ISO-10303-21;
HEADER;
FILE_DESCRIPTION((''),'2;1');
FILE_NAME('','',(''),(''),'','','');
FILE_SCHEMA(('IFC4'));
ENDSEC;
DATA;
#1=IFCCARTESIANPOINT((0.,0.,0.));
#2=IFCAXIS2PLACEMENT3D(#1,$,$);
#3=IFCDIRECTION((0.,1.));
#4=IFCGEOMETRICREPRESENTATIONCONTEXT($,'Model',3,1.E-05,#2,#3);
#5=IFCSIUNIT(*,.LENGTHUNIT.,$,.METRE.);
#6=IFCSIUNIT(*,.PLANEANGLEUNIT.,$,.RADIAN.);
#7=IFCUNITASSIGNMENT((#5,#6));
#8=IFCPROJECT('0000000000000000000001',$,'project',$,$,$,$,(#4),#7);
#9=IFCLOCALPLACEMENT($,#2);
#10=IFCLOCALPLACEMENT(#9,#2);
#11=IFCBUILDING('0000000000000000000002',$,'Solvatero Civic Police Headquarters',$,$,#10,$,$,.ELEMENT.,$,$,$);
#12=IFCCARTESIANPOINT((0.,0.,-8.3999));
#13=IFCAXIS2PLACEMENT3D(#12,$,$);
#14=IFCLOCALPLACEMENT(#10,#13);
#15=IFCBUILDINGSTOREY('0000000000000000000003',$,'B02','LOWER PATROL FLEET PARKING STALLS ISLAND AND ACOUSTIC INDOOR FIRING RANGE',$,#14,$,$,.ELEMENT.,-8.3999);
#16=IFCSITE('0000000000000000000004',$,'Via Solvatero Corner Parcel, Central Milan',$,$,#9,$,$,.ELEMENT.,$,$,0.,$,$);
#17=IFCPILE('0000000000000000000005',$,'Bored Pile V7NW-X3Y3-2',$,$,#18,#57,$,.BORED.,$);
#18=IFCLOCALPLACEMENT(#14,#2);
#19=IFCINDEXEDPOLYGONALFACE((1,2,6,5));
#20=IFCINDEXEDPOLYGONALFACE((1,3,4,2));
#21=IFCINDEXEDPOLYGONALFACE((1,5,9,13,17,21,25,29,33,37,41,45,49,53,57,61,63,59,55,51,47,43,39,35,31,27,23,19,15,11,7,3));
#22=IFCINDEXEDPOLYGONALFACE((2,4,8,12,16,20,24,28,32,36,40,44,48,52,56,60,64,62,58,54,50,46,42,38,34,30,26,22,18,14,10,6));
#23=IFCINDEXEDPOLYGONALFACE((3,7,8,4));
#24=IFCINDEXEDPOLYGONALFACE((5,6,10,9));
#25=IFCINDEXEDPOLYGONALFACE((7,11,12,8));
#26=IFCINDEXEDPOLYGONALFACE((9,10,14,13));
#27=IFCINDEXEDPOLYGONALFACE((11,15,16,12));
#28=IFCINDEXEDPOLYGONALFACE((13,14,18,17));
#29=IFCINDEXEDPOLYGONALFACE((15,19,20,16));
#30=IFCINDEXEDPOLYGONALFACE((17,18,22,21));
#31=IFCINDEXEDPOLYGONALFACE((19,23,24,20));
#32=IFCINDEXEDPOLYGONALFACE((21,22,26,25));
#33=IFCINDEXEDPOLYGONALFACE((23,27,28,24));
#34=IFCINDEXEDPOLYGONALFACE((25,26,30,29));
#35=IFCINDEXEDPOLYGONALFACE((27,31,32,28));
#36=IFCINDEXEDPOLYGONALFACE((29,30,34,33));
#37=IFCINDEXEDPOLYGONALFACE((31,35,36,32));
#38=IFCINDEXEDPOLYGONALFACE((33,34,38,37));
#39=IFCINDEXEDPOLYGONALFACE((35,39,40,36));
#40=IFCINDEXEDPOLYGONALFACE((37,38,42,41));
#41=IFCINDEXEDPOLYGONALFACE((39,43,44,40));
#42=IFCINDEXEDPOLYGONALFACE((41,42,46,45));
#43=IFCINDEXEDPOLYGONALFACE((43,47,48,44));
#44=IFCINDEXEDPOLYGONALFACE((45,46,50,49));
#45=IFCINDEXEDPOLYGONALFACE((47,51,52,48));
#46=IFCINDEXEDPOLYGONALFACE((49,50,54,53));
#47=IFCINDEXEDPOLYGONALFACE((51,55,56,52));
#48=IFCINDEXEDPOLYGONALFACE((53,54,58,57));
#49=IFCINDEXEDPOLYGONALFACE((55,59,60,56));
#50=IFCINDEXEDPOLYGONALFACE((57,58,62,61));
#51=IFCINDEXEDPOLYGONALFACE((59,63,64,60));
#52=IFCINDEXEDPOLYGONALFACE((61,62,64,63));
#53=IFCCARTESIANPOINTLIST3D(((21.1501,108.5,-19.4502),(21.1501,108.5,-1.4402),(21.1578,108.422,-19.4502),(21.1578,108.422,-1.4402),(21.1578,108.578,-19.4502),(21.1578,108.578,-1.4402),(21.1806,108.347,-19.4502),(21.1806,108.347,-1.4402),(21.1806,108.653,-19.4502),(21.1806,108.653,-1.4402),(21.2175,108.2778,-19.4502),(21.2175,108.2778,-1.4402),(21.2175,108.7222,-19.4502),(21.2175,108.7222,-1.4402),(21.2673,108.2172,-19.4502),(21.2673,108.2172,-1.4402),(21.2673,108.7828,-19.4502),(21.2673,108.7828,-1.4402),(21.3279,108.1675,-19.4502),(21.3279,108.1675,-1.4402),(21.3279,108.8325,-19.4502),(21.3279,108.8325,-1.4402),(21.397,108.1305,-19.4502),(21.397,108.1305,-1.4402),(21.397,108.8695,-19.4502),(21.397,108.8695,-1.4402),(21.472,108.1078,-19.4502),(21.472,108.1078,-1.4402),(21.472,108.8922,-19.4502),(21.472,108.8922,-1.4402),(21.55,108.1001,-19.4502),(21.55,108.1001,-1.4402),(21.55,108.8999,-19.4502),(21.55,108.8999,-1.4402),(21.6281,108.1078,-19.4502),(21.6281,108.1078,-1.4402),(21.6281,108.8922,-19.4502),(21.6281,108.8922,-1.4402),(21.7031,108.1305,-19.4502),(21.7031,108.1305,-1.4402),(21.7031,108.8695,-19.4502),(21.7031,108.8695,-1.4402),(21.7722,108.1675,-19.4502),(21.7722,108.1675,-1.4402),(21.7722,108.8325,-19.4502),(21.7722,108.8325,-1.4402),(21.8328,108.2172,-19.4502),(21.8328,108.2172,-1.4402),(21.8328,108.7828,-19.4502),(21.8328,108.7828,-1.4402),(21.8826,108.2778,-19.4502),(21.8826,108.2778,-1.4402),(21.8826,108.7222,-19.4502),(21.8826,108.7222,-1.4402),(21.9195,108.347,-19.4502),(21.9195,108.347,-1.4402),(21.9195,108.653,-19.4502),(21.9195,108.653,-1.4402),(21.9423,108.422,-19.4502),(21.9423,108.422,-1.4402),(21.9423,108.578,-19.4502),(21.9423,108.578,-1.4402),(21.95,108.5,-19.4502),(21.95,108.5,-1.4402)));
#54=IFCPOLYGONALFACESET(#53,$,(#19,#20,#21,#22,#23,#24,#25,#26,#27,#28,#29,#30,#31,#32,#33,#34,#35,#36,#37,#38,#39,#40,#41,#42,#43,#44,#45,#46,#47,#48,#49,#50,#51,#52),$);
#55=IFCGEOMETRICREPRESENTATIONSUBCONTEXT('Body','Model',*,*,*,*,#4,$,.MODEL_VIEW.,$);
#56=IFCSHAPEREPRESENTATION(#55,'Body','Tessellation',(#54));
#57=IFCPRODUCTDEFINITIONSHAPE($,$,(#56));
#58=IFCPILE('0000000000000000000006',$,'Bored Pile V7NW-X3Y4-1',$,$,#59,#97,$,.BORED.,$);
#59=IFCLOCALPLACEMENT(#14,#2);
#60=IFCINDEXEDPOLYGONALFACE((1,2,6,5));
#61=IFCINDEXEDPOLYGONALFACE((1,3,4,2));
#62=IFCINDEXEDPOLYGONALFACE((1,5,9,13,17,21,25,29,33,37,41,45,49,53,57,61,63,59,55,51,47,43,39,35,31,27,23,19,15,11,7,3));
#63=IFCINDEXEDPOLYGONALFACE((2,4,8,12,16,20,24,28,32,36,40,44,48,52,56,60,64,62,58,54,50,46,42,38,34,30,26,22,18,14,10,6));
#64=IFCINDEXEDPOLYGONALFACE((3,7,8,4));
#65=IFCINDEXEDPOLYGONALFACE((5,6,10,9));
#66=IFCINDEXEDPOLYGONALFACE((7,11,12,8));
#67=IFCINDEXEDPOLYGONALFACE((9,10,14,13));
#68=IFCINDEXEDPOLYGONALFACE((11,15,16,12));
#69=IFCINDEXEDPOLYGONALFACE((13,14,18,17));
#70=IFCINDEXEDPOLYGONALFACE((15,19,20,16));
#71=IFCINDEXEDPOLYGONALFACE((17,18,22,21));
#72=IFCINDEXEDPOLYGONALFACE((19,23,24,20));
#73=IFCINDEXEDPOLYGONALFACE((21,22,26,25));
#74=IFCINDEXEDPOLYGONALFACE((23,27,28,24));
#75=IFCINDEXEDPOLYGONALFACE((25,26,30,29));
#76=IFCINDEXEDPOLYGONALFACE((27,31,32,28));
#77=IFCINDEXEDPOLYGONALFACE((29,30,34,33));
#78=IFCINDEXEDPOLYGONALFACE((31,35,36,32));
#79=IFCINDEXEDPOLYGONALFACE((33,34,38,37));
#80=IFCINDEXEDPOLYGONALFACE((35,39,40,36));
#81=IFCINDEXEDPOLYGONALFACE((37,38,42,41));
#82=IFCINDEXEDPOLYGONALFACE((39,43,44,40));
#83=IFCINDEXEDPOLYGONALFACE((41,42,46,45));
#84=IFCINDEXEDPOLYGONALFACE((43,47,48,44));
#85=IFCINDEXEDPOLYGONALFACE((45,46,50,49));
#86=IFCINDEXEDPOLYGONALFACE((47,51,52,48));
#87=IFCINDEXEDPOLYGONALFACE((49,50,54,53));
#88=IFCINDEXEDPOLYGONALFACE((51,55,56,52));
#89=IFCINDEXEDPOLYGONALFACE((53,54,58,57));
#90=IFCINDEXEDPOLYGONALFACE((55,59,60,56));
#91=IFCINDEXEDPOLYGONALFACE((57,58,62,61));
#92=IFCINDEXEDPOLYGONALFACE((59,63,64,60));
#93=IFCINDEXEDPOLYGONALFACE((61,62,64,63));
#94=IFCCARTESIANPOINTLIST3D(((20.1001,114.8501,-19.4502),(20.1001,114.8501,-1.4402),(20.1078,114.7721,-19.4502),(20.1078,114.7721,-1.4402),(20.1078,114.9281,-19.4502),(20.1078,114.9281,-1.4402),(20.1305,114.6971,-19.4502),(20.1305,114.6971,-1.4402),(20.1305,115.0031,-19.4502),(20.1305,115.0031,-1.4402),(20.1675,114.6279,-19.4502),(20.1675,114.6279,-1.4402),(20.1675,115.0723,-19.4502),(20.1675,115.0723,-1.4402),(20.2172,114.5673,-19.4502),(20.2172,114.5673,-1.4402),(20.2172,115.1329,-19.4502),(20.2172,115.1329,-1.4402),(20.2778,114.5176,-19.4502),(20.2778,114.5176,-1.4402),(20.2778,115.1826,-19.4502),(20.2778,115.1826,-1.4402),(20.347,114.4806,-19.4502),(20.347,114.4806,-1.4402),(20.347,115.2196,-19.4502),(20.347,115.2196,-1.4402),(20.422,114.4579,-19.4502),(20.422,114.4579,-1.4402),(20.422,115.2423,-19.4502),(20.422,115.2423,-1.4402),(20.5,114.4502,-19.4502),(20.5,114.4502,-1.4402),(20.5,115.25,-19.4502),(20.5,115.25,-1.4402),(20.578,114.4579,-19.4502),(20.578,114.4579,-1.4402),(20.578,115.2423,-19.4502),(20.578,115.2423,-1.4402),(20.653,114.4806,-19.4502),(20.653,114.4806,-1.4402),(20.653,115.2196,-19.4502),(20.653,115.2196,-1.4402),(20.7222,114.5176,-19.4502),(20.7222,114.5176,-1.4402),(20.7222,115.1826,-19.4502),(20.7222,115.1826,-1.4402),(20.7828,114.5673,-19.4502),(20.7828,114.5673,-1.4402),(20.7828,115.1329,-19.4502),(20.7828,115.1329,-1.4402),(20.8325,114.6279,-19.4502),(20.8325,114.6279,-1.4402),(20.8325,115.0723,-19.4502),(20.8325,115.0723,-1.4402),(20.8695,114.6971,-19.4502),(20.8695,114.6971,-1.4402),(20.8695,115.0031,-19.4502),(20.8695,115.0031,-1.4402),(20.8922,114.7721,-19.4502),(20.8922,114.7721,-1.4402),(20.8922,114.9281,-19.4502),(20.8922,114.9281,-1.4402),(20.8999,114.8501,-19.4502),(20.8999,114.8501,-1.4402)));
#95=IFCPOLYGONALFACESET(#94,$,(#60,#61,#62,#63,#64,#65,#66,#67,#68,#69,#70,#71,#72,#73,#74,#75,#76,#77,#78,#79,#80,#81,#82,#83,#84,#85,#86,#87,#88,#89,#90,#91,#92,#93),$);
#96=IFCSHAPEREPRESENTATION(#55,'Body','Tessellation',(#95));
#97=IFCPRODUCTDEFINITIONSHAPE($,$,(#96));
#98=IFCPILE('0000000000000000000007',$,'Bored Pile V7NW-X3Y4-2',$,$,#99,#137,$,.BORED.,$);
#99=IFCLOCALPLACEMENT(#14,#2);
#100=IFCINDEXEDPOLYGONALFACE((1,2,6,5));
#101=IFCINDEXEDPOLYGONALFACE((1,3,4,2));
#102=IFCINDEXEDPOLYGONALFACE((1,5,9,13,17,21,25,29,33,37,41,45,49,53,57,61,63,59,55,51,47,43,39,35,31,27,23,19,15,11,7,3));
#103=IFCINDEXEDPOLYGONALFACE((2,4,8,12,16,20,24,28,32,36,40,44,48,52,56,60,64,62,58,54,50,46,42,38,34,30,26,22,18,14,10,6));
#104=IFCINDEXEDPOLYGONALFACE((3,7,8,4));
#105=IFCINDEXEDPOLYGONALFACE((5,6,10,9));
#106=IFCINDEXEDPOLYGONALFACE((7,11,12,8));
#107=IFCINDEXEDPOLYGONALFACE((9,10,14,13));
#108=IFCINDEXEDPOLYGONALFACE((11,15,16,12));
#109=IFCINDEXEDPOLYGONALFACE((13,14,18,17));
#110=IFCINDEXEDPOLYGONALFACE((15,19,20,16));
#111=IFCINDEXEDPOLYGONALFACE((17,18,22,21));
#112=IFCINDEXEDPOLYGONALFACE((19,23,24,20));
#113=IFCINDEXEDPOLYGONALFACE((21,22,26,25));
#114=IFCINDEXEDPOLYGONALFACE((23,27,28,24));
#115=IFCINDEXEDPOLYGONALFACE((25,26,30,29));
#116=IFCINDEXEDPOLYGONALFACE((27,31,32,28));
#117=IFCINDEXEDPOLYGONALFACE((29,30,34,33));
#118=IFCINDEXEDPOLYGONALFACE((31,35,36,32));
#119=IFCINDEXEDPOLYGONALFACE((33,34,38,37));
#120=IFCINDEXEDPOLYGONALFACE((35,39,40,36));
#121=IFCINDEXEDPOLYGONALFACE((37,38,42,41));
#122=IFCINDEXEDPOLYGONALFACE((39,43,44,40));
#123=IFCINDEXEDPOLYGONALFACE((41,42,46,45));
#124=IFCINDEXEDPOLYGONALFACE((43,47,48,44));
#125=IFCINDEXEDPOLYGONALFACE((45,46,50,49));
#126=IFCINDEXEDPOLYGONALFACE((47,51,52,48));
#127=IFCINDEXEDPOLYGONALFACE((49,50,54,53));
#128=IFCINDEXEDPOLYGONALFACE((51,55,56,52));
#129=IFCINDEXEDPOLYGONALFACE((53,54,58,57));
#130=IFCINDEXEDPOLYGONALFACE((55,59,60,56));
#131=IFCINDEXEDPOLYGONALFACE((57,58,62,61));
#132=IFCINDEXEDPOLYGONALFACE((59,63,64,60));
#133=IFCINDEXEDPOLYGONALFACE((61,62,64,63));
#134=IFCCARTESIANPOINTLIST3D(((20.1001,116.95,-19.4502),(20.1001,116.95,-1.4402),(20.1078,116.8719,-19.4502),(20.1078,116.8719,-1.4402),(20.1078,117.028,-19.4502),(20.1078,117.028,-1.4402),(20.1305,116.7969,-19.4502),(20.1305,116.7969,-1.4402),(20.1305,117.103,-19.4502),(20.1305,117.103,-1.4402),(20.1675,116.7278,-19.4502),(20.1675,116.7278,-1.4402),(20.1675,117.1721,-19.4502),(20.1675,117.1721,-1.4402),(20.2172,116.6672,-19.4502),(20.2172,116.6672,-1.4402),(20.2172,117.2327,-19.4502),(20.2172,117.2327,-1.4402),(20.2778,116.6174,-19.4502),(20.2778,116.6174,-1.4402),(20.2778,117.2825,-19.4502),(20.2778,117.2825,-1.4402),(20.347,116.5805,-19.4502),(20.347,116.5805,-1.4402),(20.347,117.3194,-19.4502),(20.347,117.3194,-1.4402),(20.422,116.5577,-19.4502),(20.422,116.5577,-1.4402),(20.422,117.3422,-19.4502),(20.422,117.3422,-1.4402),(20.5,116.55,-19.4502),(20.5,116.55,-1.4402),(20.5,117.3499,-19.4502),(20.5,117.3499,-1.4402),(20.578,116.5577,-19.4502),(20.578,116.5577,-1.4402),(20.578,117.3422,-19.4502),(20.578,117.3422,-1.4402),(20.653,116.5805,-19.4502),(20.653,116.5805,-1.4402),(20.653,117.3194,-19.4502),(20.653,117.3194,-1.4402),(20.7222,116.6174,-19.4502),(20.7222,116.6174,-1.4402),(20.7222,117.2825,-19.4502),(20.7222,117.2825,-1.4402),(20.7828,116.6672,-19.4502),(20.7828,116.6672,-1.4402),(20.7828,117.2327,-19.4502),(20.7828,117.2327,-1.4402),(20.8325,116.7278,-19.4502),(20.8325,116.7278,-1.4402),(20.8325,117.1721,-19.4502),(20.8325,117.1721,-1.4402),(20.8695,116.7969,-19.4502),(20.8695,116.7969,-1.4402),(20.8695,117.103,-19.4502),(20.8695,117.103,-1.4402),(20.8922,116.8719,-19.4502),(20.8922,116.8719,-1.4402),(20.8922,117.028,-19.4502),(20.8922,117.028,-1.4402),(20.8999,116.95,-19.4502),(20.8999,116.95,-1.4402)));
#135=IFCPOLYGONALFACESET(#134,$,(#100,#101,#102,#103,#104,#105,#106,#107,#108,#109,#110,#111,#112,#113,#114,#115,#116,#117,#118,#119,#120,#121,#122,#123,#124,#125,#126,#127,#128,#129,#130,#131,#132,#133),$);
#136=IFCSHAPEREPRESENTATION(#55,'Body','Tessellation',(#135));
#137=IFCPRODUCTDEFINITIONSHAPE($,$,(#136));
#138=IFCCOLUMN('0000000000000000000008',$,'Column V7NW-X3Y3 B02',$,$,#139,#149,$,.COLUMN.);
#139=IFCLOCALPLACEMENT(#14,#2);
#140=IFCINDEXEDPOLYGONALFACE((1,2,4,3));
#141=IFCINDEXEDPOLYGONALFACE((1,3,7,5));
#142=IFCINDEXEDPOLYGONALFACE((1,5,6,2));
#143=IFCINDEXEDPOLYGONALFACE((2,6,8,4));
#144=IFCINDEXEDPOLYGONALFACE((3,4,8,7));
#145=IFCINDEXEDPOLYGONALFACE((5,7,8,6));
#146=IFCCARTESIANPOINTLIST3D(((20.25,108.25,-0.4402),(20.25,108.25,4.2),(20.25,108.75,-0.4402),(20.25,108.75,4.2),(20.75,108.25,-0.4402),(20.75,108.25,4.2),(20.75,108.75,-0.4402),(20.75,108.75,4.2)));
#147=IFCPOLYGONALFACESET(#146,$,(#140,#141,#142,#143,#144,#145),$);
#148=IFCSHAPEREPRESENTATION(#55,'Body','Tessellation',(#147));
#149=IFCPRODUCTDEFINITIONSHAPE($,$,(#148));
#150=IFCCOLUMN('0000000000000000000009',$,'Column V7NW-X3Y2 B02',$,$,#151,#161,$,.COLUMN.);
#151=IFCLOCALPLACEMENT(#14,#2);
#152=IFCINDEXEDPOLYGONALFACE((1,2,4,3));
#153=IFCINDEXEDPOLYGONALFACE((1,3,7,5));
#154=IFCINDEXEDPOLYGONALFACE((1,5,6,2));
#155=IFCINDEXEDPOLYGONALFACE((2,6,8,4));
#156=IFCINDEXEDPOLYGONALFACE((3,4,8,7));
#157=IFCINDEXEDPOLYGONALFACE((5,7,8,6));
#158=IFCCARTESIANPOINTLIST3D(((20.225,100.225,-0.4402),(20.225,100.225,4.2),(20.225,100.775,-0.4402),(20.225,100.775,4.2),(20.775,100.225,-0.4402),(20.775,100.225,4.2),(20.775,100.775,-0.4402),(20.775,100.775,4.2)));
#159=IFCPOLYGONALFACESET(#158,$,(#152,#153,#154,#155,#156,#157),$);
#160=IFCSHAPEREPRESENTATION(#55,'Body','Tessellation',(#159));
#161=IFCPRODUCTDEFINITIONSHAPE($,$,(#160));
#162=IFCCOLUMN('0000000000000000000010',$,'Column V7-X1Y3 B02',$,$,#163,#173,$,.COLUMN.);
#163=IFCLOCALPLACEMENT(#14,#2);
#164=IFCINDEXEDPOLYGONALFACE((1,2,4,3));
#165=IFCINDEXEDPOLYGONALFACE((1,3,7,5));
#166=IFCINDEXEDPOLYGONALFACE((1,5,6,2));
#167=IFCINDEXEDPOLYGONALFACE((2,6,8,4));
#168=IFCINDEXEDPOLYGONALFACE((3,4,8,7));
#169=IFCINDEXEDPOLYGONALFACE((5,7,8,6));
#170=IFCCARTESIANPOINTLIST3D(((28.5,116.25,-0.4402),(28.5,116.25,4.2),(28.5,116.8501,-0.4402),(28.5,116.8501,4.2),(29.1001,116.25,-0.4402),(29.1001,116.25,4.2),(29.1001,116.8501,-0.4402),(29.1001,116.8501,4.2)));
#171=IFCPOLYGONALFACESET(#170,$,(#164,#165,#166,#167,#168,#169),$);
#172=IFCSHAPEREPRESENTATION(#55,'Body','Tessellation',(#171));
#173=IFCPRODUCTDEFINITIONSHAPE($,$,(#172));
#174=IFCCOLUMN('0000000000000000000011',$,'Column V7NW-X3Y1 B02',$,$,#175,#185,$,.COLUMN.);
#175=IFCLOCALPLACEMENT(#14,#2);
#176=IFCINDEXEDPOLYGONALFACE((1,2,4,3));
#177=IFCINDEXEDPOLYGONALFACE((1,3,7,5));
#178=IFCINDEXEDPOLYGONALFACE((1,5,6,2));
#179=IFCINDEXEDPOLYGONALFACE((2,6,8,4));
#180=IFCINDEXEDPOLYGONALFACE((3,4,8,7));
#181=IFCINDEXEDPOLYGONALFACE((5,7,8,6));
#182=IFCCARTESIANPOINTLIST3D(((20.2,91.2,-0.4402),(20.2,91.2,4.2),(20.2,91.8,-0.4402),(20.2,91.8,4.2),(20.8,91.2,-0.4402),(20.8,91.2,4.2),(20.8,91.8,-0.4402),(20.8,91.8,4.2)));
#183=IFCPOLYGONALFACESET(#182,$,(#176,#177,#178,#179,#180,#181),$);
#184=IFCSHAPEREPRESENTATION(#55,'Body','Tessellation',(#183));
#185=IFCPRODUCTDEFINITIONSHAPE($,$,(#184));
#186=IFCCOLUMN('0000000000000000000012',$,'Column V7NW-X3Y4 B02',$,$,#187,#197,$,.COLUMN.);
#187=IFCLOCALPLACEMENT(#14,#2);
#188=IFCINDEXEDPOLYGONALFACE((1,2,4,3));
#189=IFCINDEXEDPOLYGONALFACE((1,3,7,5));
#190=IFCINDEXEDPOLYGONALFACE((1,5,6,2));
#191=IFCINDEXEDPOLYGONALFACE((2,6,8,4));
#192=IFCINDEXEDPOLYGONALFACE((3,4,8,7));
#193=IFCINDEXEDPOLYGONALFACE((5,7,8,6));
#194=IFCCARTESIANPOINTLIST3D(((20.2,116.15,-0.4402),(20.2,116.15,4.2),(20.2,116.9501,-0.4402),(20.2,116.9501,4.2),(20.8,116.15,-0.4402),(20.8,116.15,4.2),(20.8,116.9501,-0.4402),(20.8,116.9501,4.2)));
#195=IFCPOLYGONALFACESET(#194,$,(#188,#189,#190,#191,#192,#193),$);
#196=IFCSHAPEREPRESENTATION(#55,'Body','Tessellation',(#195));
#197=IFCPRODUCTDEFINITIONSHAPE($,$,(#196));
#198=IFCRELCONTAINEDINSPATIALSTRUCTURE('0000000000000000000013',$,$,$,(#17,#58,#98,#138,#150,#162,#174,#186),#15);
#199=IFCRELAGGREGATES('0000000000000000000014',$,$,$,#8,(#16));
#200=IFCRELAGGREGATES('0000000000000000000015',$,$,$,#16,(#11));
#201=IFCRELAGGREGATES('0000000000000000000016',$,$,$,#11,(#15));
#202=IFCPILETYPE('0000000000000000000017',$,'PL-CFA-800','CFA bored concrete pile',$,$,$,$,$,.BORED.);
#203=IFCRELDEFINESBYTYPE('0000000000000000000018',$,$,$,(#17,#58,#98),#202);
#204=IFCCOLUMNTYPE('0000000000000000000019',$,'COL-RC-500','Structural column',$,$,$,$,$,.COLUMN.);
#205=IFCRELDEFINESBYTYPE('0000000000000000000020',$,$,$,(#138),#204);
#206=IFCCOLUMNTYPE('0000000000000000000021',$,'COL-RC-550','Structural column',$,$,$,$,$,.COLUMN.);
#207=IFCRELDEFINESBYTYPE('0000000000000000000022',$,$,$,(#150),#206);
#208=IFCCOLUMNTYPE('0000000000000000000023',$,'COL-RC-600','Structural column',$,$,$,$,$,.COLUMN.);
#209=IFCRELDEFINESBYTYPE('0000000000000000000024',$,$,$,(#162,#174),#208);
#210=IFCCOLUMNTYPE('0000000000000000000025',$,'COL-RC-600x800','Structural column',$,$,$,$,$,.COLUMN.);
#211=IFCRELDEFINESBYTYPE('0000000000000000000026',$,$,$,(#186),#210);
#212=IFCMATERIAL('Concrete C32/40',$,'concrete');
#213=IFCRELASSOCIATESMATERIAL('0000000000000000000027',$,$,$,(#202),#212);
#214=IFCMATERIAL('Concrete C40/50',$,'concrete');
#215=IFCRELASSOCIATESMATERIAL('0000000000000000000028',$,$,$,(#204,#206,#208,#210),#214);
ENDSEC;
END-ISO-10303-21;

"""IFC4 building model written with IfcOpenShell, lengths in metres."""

from ifc_helpers import new_model, si_unit, direction, frame, origin, origin_2d, place, context, subcontext, project, spatial, rectangle, circle, extrude, material, material_profile, profile_set, type_object, element, save


model = new_model("IFC4")

# Units and contexts
model_context = context("Model", 3, precision=1e-05, world=origin(), true_north=direction((0.0, 1.0)))
body_context = subcontext(model_context, "Body", "Model", "MODEL_VIEW")
ifc_project = project(units=[si_unit("LENGTHUNIT", "METRE"), si_unit("PLANEANGLEUNIT", "RADIAN")], contexts=[model_context])

# Site, building, storey
site_placement = place(None, origin())
site = spatial("IfcSite", under=ifc_project, at=site_placement, Name="Via Solvatero Corner Parcel, Central Milan", CompositionType="ELEMENT", RefElevation=0.0)
building_placement = place(site_placement, origin())
building = spatial("IfcBuilding", under=site, at=building_placement, Name="Solvatero Civic Police Headquarters", CompositionType="ELEMENT")
storey_placement = place(building_placement, frame((0.0, 0.0, -8.3999)))
storey = spatial("IfcBuildingStorey", under=building, at=storey_placement, Name="B02", Description="LOWER PATROL FLEET PARKING STALLS ISLAND AND ACOUSTIC INDOOR FIRING RANGE", CompositionType="ELEMENT", Elevation=-8.3999)

# Piles
ifc_material_1 = material(Name="Concrete C32/40", Category="concrete")
ifc_material_profile_1 = material_profile(ifc_material_1, circle(Radius=0.3999, at=origin_2d()), Name="CFA PILE D800")
ifc_profile_set_1 = profile_set([ifc_material_profile_1], Name="Concrete C32/40")
pile_type = type_object("IfcPileType", Name="PL-CFA-800", Description="CFA bored concrete pile", PredefinedType="BORED", material=ifc_profile_set_1)
for number, where, z_axis, x_axis, name in (
    (1, (21.55, 108.5, -1.4402), (0.0, 0.0, -1.0), (1.0, 0.0, 0.0), "Bored Pile V7NW-X3Y3-2"),
    (2, (20.5, 114.8501, -1.4402), (0.0, 0.0, -1.0), (1.0, 0.0, 0.0), "Bored Pile V7NW-X3Y4-1"),
    (3, (20.5, 116.95, -1.4402), (0.0, 0.0, -1.0), (1.0, 0.0, 0.0), "Bored Pile V7NW-X3Y4-2"),
):
    element("IfcPile", number, at=place(storey_placement, frame(where, z_axis=z_axis, x_axis=x_axis)), inside=storey, type_object=pile_type, Name=name, PredefinedType="BORED", context=body_context, shape_type="SweptSolid", body=[
        extrude(circle(Radius=0.3999, at=origin_2d()), origin(), (0.0, 0.0, 1.0), 18.01),
    ])

# Columns
ifc_material_2 = material(Name="Concrete C40/50", Category="concrete")
ifc_material_profile_2 = material_profile(ifc_material_2, rectangle(XDim=0.5, YDim=0.5, at=origin_2d()), Name="RC 500x500")
ifc_profile_set_2 = profile_set([ifc_material_profile_2], Name="Concrete C40/50")
column_type_1 = type_object("IfcColumnType", Name="COL-RC-500", Description="Structural column", PredefinedType="COLUMN", material=ifc_profile_set_2)
column_1_placement = place(storey_placement, frame((20.5, 108.5, -0.4402), z_axis=(0.0, 0.0, 1.0), x_axis=(1.0, 0.0, 0.0)))
element("IfcColumn", 4, at=column_1_placement, inside=storey, type_object=column_type_1, Name="Column V7NW-X3Y3 B02", PredefinedType="COLUMN", context=body_context, shape_type="SweptSolid", body=[
    extrude(rectangle(XDim=0.5, YDim=0.5, at=origin_2d()), origin(), (0.0, 0.0, 1.0), 4.6401),
])
ifc_material_profile_3 = material_profile(ifc_material_2, rectangle(XDim=0.55, YDim=0.55, at=origin_2d()), Name="RC 550x550")
ifc_profile_set_3 = profile_set([ifc_material_profile_3], Name="Concrete C40/50")
column_type_2 = type_object("IfcColumnType", Name="COL-RC-550", Description="Structural column", PredefinedType="COLUMN", material=ifc_profile_set_3)
column_2_placement = place(storey_placement, frame((20.5, 100.5, -0.4402), z_axis=(0.0, 0.0, 1.0), x_axis=(1.0, 0.0, 0.0)))
element("IfcColumn", 5, at=column_2_placement, inside=storey, type_object=column_type_2, Name="Column V7NW-X3Y2 B02", PredefinedType="COLUMN", context=body_context, shape_type="SweptSolid", body=[
    extrude(rectangle(XDim=0.55, YDim=0.55, at=origin_2d()), origin(), (0.0, 0.0, 1.0), 4.6401),
])
ifc_material_profile_4 = material_profile(ifc_material_2, rectangle(XDim=0.6001, YDim=0.6001, at=origin_2d()), Name="RC 600x600")
ifc_profile_set_4 = profile_set([ifc_material_profile_4], Name="Concrete C40/50")
column_type_3 = type_object("IfcColumnType", Name="COL-RC-600", Description="Structural column", PredefinedType="COLUMN", material=ifc_profile_set_4)
for number, where, z_axis, x_axis, name in (
    (6, (28.8, 116.55, -0.4402), (0.0, 0.0, 1.0), (1.0, 0.0, 0.0), "Column V7-X1Y3 B02"),
    (7, (20.5, 91.5, -0.4402), (0.0, 0.0, 1.0), (1.0, 0.0, 0.0), "Column V7NW-X3Y1 B02"),
):
    element("IfcColumn", number, at=place(storey_placement, frame(where, z_axis=z_axis, x_axis=x_axis)), inside=storey, type_object=column_type_3, Name=name, PredefinedType="COLUMN", context=body_context, shape_type="SweptSolid", body=[
        extrude(rectangle(XDim=0.6001, YDim=0.6001, at=origin_2d()), origin(), (0.0, 0.0, 1.0), 4.6401),
    ])
ifc_material_profile_5 = material_profile(ifc_material_2, rectangle(XDim=0.6001, YDim=0.8, at=origin_2d()), Name="RC 600x800")
ifc_profile_set_5 = profile_set([ifc_material_profile_5], Name="Concrete C40/50")
column_type_4 = type_object("IfcColumnType", Name="COL-RC-600x800", Description="Structural column", PredefinedType="COLUMN", material=ifc_profile_set_5)
column_3_placement = place(storey_placement, frame((20.5, 116.55, -0.4402), z_axis=(0.0, 0.0, 1.0), x_axis=(1.0, 0.0, 0.0)))
element("IfcColumn", 8, at=column_3_placement, inside=storey, type_object=column_type_4, Name="Column V7NW-X3Y4 B02", PredefinedType="COLUMN", context=body_context, shape_type="SweptSolid", body=[
    extrude(rectangle(XDim=0.6001, YDim=0.8, at=origin_2d()), origin(), (0.0, 0.0, 1.0), 4.6401),
])

save(model, "model.ifc")
